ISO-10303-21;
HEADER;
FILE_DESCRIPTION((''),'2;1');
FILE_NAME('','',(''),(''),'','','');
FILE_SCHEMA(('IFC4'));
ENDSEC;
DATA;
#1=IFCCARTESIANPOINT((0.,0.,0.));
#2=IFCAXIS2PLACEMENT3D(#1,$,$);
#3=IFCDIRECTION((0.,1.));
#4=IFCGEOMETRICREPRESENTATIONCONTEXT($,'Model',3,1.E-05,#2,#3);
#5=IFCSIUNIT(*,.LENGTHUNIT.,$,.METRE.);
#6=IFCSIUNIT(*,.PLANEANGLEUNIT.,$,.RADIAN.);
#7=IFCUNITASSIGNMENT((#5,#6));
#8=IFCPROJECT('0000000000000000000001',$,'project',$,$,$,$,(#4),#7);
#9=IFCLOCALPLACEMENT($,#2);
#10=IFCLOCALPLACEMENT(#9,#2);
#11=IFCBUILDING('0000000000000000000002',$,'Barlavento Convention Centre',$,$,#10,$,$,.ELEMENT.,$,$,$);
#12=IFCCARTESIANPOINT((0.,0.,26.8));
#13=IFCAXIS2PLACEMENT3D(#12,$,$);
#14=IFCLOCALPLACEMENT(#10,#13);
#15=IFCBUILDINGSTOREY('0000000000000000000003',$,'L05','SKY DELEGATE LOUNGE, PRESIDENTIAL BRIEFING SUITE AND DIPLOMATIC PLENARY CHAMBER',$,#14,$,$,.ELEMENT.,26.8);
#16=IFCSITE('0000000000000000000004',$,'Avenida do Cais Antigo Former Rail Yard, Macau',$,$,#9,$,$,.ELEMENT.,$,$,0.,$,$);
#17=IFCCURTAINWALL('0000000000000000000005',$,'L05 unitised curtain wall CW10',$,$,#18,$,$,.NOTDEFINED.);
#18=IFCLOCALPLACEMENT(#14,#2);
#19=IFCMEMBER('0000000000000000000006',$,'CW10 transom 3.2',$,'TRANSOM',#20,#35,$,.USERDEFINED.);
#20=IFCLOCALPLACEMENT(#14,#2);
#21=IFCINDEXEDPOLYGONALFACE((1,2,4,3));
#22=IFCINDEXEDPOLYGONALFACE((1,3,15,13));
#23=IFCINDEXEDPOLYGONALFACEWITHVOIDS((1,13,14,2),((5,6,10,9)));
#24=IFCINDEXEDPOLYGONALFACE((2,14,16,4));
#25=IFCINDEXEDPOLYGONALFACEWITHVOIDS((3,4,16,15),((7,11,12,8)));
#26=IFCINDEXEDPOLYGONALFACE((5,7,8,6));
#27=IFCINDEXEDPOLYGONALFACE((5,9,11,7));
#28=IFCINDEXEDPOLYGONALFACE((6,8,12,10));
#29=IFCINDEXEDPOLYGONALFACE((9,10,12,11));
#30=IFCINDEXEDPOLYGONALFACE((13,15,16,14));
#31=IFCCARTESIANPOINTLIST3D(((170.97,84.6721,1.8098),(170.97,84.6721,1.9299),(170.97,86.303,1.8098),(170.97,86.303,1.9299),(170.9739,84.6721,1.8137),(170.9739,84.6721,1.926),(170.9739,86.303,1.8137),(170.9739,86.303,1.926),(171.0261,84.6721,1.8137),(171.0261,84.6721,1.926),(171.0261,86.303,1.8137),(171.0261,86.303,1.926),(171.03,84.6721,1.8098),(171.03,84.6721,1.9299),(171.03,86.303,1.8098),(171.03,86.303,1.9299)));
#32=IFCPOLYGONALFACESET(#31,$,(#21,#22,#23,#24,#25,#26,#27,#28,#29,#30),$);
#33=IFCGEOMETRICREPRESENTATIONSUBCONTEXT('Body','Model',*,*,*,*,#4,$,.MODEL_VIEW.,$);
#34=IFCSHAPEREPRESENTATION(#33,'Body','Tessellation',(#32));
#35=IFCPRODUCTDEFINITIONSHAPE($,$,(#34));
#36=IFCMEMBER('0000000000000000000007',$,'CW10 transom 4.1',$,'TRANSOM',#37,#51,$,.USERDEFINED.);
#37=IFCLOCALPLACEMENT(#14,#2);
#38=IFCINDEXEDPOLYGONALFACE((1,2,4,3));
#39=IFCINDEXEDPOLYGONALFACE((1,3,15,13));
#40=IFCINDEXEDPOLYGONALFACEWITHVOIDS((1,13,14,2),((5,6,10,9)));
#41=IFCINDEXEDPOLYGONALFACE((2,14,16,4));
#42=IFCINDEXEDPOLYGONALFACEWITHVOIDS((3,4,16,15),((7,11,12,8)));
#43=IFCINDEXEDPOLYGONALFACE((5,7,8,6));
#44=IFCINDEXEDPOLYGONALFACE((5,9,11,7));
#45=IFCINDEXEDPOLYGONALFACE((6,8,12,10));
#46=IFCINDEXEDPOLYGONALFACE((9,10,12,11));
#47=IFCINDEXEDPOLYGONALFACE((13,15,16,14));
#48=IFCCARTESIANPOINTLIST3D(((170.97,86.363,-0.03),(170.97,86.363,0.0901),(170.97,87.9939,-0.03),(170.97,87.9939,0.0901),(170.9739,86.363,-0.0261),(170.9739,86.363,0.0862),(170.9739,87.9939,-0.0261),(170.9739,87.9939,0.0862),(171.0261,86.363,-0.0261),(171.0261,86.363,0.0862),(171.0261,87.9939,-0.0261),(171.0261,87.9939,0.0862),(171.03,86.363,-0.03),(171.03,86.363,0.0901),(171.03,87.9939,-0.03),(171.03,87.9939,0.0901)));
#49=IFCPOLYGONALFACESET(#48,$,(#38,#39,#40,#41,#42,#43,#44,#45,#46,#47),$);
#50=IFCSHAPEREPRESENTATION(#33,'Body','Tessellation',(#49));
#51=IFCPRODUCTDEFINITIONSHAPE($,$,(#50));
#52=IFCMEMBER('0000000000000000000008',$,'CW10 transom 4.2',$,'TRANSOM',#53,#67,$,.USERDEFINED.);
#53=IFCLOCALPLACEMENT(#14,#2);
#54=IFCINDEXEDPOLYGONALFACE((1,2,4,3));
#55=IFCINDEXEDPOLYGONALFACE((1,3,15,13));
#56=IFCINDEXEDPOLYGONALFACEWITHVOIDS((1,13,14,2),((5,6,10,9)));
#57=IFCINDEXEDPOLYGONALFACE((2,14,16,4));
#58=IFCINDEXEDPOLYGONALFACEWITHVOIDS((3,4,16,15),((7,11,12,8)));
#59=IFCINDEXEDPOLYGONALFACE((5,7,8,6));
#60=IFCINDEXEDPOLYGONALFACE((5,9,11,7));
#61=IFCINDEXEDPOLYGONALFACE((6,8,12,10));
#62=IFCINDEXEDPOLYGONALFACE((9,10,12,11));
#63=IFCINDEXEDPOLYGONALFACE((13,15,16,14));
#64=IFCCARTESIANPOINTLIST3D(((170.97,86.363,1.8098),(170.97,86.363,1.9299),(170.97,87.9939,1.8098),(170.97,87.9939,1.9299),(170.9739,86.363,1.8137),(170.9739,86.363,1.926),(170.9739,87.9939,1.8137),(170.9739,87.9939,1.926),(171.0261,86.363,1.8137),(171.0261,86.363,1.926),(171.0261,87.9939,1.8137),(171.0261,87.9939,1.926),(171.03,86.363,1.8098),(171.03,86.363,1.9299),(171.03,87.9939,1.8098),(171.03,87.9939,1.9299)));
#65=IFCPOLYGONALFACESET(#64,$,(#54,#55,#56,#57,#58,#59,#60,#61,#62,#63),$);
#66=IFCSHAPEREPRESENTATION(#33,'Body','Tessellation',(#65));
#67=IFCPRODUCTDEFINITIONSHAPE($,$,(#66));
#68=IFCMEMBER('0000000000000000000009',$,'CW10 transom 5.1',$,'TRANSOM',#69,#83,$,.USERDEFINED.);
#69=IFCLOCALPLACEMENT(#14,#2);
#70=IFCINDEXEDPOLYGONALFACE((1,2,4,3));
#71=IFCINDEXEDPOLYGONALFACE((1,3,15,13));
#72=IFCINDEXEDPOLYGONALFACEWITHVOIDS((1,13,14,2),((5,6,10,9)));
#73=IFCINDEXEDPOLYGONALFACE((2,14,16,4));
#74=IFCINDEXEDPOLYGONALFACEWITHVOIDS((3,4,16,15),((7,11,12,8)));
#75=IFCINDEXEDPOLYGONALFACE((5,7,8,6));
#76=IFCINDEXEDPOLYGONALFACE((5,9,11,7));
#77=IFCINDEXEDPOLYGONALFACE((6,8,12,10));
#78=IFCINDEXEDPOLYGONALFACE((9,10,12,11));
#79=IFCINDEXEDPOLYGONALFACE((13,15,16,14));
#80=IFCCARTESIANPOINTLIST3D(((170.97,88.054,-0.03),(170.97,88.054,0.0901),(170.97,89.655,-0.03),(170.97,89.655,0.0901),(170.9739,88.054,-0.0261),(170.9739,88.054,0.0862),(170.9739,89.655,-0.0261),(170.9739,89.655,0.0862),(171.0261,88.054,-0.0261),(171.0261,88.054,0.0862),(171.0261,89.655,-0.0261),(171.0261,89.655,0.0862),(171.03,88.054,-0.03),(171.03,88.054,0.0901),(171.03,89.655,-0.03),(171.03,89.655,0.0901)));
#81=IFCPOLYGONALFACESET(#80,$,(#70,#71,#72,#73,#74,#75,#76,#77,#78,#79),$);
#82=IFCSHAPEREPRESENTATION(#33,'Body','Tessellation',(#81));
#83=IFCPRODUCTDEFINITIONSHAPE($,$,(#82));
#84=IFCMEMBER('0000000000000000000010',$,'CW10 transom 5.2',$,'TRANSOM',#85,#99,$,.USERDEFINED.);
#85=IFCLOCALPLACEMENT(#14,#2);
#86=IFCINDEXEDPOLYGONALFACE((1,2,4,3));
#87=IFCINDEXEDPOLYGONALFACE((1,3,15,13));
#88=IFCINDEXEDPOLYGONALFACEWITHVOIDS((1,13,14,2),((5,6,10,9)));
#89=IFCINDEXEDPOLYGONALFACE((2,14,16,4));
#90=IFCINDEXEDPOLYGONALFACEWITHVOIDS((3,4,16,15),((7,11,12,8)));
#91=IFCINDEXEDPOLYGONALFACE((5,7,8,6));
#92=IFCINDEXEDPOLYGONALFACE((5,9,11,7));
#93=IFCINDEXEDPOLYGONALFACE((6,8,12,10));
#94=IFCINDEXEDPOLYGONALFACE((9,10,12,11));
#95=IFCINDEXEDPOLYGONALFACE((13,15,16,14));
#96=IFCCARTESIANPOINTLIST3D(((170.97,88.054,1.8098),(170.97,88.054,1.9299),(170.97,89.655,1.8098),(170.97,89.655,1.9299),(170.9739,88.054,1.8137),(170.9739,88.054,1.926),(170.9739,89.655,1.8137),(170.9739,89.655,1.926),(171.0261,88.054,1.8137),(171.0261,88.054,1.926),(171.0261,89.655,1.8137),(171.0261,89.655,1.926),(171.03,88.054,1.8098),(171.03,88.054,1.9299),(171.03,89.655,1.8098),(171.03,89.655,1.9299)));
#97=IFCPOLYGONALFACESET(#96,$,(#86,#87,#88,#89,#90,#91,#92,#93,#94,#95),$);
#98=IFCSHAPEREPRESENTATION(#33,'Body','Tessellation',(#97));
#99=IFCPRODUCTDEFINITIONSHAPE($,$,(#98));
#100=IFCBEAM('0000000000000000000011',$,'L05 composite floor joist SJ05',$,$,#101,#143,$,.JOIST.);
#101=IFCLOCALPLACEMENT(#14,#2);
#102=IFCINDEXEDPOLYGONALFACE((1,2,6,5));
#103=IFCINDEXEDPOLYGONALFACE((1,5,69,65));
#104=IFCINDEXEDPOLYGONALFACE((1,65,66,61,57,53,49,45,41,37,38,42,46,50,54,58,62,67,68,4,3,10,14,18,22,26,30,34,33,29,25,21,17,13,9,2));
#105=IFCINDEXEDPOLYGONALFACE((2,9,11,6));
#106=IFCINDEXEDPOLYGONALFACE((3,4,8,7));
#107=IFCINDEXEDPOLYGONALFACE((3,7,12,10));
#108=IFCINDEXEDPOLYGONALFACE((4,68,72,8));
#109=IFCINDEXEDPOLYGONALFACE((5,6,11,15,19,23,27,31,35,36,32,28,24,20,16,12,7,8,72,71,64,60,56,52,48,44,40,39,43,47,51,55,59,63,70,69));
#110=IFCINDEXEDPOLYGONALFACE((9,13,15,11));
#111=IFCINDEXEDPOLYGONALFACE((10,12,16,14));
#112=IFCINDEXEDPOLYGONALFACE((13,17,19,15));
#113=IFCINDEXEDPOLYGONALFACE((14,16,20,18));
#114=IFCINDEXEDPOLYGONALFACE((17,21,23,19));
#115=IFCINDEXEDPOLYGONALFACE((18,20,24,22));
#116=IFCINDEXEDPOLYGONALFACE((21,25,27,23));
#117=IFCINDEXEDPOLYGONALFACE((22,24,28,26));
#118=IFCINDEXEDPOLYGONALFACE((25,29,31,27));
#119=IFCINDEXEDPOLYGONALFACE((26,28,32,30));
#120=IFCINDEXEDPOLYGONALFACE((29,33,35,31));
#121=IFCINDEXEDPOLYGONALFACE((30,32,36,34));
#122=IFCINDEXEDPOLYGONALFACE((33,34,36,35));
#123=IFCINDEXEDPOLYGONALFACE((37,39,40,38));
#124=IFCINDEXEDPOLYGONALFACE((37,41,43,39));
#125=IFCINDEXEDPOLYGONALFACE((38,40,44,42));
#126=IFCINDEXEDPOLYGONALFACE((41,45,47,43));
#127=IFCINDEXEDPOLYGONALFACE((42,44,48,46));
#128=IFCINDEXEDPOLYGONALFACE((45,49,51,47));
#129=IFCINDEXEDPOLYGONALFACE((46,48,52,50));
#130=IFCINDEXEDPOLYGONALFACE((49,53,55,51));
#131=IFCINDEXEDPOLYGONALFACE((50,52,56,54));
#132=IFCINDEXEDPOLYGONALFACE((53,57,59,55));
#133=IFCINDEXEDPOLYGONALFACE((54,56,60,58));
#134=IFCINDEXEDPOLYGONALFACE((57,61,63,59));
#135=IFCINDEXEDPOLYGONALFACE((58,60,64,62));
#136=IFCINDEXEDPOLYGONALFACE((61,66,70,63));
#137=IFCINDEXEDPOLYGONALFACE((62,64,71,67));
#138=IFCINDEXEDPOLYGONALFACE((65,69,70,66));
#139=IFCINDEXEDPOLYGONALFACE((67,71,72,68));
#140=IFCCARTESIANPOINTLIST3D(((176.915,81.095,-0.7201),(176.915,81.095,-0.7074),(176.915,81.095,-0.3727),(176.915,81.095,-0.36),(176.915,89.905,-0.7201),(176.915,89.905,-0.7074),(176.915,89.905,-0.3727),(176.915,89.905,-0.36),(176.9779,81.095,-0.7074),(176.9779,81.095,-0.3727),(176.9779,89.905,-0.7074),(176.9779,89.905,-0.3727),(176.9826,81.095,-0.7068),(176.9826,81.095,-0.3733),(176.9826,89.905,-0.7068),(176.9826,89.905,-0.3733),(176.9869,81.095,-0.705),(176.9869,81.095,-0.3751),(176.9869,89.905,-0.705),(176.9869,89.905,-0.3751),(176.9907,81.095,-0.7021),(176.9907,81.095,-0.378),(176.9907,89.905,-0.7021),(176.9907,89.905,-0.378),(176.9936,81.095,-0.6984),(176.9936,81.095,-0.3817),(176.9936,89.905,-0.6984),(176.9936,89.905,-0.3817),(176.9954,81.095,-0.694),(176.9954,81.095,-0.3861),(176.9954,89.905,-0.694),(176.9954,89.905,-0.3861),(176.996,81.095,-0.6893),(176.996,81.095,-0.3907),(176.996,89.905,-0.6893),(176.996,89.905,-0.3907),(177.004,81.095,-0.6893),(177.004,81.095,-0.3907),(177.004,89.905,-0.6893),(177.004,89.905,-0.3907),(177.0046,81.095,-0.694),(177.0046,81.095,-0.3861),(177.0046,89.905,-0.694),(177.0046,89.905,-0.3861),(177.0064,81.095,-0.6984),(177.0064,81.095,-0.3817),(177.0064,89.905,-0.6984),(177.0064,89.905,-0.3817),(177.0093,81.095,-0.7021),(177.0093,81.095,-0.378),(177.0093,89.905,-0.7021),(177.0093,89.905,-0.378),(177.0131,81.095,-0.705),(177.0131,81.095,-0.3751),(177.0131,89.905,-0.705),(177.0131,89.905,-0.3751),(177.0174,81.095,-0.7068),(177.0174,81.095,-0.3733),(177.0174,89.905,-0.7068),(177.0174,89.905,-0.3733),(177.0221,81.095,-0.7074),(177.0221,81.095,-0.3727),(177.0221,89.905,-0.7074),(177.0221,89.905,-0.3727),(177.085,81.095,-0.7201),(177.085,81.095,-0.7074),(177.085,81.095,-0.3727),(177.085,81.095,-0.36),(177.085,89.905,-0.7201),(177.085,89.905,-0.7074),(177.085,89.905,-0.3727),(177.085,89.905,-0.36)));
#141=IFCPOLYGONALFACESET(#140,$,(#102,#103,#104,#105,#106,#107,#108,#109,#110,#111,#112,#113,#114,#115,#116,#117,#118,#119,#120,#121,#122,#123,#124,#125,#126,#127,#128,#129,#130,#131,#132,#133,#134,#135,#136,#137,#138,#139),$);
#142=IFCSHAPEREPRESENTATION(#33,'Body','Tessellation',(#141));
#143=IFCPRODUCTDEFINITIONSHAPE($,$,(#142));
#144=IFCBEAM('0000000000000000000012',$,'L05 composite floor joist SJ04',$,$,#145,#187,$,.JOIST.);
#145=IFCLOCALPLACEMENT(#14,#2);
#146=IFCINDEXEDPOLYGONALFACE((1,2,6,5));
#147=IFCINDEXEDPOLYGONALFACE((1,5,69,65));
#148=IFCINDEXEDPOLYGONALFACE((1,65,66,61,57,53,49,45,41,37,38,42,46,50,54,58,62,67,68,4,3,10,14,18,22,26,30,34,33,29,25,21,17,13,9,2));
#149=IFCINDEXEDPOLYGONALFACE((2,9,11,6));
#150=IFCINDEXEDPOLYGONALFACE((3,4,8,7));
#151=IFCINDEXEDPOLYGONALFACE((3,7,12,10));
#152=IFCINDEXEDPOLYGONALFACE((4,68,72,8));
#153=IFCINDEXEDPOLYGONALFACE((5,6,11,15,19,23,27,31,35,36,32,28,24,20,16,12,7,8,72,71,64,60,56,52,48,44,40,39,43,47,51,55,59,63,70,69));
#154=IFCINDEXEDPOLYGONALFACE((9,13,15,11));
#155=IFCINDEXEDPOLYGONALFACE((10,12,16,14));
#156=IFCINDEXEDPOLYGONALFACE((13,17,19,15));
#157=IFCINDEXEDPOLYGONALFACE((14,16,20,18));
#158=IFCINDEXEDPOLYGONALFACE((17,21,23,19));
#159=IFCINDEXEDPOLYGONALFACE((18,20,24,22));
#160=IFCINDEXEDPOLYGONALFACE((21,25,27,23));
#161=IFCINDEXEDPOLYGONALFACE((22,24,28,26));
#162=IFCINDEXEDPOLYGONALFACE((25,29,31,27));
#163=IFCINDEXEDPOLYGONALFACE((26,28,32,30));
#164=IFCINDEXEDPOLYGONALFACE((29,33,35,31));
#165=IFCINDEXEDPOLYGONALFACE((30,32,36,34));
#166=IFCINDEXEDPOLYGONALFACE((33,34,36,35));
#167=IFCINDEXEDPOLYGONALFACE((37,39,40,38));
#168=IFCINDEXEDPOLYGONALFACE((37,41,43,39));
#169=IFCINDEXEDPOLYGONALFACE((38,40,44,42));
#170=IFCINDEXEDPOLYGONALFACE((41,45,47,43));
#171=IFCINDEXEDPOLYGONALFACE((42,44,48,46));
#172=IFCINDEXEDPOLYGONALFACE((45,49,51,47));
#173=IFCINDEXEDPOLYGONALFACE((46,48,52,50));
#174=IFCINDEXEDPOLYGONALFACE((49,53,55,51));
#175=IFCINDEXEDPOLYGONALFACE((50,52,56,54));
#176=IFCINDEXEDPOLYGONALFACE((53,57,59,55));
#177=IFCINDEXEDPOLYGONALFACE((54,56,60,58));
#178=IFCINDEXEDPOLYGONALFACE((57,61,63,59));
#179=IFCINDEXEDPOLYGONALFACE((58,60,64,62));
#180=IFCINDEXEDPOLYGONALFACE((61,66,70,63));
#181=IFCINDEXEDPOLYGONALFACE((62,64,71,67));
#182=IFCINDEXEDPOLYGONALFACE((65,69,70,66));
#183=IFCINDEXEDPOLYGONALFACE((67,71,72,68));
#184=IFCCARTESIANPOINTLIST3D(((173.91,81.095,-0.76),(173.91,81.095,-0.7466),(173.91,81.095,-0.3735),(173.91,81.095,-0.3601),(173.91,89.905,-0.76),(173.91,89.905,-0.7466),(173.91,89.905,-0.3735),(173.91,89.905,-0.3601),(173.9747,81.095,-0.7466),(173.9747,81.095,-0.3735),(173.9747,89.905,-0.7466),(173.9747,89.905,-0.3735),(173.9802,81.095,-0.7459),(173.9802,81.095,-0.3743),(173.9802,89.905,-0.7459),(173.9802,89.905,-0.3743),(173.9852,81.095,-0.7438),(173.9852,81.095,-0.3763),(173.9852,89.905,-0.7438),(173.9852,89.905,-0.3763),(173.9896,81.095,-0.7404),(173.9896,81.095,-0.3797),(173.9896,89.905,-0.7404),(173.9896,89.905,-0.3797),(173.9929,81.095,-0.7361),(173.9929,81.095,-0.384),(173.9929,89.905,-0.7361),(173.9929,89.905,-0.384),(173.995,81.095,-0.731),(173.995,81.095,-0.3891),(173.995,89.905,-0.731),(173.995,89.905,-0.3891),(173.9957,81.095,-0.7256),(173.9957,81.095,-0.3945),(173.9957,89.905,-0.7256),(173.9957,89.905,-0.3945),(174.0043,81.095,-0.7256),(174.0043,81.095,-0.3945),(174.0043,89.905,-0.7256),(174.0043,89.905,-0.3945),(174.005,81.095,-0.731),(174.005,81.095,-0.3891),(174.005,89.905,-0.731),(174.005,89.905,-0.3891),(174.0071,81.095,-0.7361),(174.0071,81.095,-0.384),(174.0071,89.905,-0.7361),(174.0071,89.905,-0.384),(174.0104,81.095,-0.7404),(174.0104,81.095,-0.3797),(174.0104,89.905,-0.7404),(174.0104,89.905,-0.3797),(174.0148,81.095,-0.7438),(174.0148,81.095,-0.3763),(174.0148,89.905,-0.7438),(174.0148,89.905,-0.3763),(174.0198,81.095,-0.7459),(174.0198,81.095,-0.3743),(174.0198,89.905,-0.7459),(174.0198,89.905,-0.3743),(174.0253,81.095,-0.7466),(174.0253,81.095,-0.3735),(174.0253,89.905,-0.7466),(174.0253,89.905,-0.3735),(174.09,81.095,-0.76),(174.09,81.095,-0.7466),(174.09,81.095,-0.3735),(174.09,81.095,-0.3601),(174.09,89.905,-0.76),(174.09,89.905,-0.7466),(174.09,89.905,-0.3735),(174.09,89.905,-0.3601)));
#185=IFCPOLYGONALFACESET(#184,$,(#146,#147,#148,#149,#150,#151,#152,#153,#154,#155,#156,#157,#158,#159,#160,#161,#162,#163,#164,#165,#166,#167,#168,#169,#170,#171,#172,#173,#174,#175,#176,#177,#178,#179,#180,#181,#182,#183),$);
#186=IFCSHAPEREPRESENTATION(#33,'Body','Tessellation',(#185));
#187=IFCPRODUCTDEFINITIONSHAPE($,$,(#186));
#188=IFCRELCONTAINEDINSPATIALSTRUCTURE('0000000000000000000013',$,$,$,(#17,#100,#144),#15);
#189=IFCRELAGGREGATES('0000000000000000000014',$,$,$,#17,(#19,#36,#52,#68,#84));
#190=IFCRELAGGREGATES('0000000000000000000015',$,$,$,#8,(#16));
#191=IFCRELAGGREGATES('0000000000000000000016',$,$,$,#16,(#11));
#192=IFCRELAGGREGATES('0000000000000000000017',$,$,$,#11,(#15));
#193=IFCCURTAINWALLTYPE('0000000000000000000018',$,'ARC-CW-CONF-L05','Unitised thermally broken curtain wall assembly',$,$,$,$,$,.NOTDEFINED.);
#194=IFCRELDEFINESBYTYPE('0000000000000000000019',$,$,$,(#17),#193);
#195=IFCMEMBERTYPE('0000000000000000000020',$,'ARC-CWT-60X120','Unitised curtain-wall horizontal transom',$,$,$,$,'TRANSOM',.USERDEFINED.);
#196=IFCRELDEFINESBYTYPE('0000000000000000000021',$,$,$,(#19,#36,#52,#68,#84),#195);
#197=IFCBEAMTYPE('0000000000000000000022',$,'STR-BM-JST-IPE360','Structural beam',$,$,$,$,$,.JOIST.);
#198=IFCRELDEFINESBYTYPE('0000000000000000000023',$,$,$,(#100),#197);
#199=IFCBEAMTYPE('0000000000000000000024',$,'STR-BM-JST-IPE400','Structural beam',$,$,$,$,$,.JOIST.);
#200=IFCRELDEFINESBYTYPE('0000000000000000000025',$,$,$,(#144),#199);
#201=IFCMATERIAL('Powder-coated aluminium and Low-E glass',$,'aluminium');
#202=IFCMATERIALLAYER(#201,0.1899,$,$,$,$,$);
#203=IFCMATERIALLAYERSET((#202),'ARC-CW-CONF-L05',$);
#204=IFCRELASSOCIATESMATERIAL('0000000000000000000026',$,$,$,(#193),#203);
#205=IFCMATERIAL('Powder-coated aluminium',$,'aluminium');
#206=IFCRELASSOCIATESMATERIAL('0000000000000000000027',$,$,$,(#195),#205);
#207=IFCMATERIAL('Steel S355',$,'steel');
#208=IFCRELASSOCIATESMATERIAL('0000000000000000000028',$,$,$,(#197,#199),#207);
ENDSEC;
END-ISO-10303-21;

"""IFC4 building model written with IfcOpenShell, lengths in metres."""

from ifc_helpers import new_model, si_unit, direction, frame, origin, origin_2d, place, context, subcontext, project, spatial, hollow_rectangle, i_section, extrude, material, layer, layer_set, material_profile, profile_set, type_object, element, aggregate, save


model = new_model("IFC4")

# Units and contexts
model_context = context("Model", 3, precision=1e-05, world=origin(), true_north=direction((0.0, 1.0)))
body_context = subcontext(model_context, "Body", "Model", "MODEL_VIEW")
ifc_project = project(units=[si_unit("LENGTHUNIT", "METRE"), si_unit("PLANEANGLEUNIT", "RADIAN")], contexts=[model_context])

# Site, building, storey
site_placement = place(None, origin())
site = spatial("IfcSite", under=ifc_project, at=site_placement, Name="Avenida do Cais Antigo Former Rail Yard, Macau", CompositionType="ELEMENT", RefElevation=0.0)
building_placement = place(site_placement, origin())
building = spatial("IfcBuilding", under=site, at=building_placement, Name="Barlavento Convention Centre", CompositionType="ELEMENT")
storey_placement = place(building_placement, frame((0.0, 0.0, 26.8)))
storey = spatial("IfcBuildingStorey", under=building, at=storey_placement, Name="L05", Description="SKY DELEGATE LOUNGE, PRESIDENTIAL BRIEFING SUITE AND DIPLOMATIC PLENARY CHAMBER", CompositionType="ELEMENT", Elevation=26.8)

# Shared definitions
ifc_material_1 = material(Name="Steel S355", Category="steel")

# Curtain wall, members
ifc_material_2 = material(Name="Powder-coated aluminium and Low-E glass", Category="aluminium")
ifc_layer_1 = layer(ifc_material_2, 0.1899)
ifc_layer_set_1 = layer_set([ifc_layer_1], Name="ARC-CW-CONF-L05")
curtain_wall_type = type_object("IfcCurtainWallType", Name="ARC-CW-CONF-L05", Description="Unitised thermally broken curtain wall assembly", PredefinedType="NOTDEFINED", material=ifc_layer_set_1)
curtain_wall_placement = place(storey_placement, origin())
curtain_wall = element("IfcCurtainWall", 1, at=curtain_wall_placement, inside=storey, type_object=curtain_wall_type, Name="L05 unitised curtain wall CW10", PredefinedType="NOTDEFINED")
ifc_material_3 = material(Name="Powder-coated aluminium", Category="aluminium")
ifc_material_profile_1 = material_profile(ifc_material_3, hollow_rectangle(XDim=0.0601, YDim=0.1201, WallThickness=0.0039, at=origin_2d()), Name="AL-TRAN 60x120x4")
ifc_profile_set_1 = profile_set([ifc_material_profile_1], Name="Powder-coated aluminium")
member_type_1 = type_object("IfcMemberType", Name="ARC-CWT-60X120", Description="Unitised curtain-wall horizontal transom", ElementType="TRANSOM", PredefinedType="USERDEFINED", material=ifc_profile_set_1)
member_1_placement = place(storey_placement, frame((171.0, 84.6721, 1.8699), z_axis=(0.0, 1.0, 0.0), x_axis=(-1.0, 0.0, 0.0)))
member_1 = element("IfcMember", 2, at=member_1_placement, type_object=member_type_1, Name="CW10 transom 3.2", ObjectType="TRANSOM", PredefinedType="USERDEFINED", context=body_context, shape_type="SweptSolid", body=[
    extrude(hollow_rectangle(XDim=0.0601, YDim=0.1201, WallThickness=0.0039, at=origin_2d()), origin(), (0.0, 0.0, 1.0), 1.6309),
])
member_2_placement = place(storey_placement, frame((171.0, 86.363, 0.03), z_axis=(0.0, 1.0, 0.0), x_axis=(-1.0, 0.0, 0.0)))
member_2 = element("IfcMember", 3, at=member_2_placement, type_object=member_type_1, Name="CW10 transom 4.1", ObjectType="TRANSOM", PredefinedType="USERDEFINED", context=body_context, shape_type="SweptSolid", body=[
    extrude(hollow_rectangle(XDim=0.0601, YDim=0.1201, WallThickness=0.0039, at=origin_2d()), origin(), (0.0, 0.0, 1.0), 1.6309),
])
member_3_placement = place(storey_placement, frame((171.0, 86.363, 1.8699), z_axis=(0.0, 1.0, 0.0), x_axis=(-1.0, 0.0, 0.0)))
member_3 = element("IfcMember", 4, at=member_3_placement, type_object=member_type_1, Name="CW10 transom 4.2", ObjectType="TRANSOM", PredefinedType="USERDEFINED", context=body_context, shape_type="SweptSolid", body=[
    extrude(hollow_rectangle(XDim=0.0601, YDim=0.1201, WallThickness=0.0039, at=origin_2d()), origin(), (0.0, 0.0, 1.0), 1.6309),
])
member_4_placement = place(storey_placement, frame((171.0, 88.054, 0.03), z_axis=(0.0, 1.0, 0.0), x_axis=(-1.0, 0.0, 0.0)))
member_4 = element("IfcMember", 5, at=member_4_placement, type_object=member_type_1, Name="CW10 transom 5.1", ObjectType="TRANSOM", PredefinedType="USERDEFINED", context=body_context, shape_type="SweptSolid", body=[
    extrude(hollow_rectangle(XDim=0.0601, YDim=0.1201, WallThickness=0.0039, at=origin_2d()), origin(), (0.0, 0.0, 1.0), 1.6011),
])
member_5_placement = place(storey_placement, frame((171.0, 88.054, 1.8699), z_axis=(0.0, 1.0, 0.0), x_axis=(-1.0, 0.0, 0.0)))
member_5 = element("IfcMember", 6, at=member_5_placement, type_object=member_type_1, Name="CW10 transom 5.2", ObjectType="TRANSOM", PredefinedType="USERDEFINED", context=body_context, shape_type="SweptSolid", body=[
    extrude(hollow_rectangle(XDim=0.0601, YDim=0.1201, WallThickness=0.0039, at=origin_2d()), origin(), (0.0, 0.0, 1.0), 1.6011),
])

# Beams
ifc_material_profile_2 = material_profile(ifc_material_1, i_section(OverallWidth=0.1699, OverallDepth=0.3601, WebThickness=0.0081, FlangeThickness=0.0127, FilletRadius=0.0181, at=origin_2d()), Name="IPE 360")
ifc_profile_set_2 = profile_set([ifc_material_profile_2], Name="Steel S355")
beam_type_1 = type_object("IfcBeamType", Name="STR-BM-JST-IPE360", Description="Structural beam", PredefinedType="JOIST", material=ifc_profile_set_2)
beam_1_placement = place(storey_placement, frame((177.0, 81.095, -0.54), z_axis=(0.0, 1.0, 0.0), x_axis=(-1.0, 0.0, 0.0)))
element("IfcBeam", 7, at=beam_1_placement, inside=storey, type_object=beam_type_1, Name="L05 composite floor joist SJ05", PredefinedType="JOIST", context=body_context, shape_type="SweptSolid", body=[
    extrude(i_section(OverallWidth=0.1699, OverallDepth=0.3601, WebThickness=0.0081, FlangeThickness=0.0127, FilletRadius=0.0181, at=origin_2d()), origin(), (0.0, 0.0, 1.0), 8.8101),
])
ifc_material_profile_3 = material_profile(ifc_material_1, i_section(OverallWidth=0.1799, OverallDepth=0.3999, WebThickness=0.0085, FlangeThickness=0.0134, FilletRadius=0.021, at=origin_2d()), Name="IPE 400")
ifc_profile_set_3 = profile_set([ifc_material_profile_3], Name="Steel S355")
beam_type_2 = type_object("IfcBeamType", Name="STR-BM-JST-IPE400", Description="Structural beam", PredefinedType="JOIST", material=ifc_profile_set_3)
beam_2_placement = place(storey_placement, frame((174.0, 81.095, -0.5601), z_axis=(0.0, 1.0, 0.0), x_axis=(-1.0, 0.0, 0.0)))
element("IfcBeam", 8, at=beam_2_placement, inside=storey, type_object=beam_type_2, Name="L05 composite floor joist SJ04", PredefinedType="JOIST", context=body_context, shape_type="SweptSolid", body=[
    extrude(i_section(OverallWidth=0.1799, OverallDepth=0.3999, WebThickness=0.0085, FlangeThickness=0.0134, FilletRadius=0.021, at=origin_2d()), origin(), (0.0, 0.0, 1.0), 8.8101),
])

aggregate(curtain_wall, [member_1, member_2, member_3, member_4, member_5])

save(model, "model.ifc")
